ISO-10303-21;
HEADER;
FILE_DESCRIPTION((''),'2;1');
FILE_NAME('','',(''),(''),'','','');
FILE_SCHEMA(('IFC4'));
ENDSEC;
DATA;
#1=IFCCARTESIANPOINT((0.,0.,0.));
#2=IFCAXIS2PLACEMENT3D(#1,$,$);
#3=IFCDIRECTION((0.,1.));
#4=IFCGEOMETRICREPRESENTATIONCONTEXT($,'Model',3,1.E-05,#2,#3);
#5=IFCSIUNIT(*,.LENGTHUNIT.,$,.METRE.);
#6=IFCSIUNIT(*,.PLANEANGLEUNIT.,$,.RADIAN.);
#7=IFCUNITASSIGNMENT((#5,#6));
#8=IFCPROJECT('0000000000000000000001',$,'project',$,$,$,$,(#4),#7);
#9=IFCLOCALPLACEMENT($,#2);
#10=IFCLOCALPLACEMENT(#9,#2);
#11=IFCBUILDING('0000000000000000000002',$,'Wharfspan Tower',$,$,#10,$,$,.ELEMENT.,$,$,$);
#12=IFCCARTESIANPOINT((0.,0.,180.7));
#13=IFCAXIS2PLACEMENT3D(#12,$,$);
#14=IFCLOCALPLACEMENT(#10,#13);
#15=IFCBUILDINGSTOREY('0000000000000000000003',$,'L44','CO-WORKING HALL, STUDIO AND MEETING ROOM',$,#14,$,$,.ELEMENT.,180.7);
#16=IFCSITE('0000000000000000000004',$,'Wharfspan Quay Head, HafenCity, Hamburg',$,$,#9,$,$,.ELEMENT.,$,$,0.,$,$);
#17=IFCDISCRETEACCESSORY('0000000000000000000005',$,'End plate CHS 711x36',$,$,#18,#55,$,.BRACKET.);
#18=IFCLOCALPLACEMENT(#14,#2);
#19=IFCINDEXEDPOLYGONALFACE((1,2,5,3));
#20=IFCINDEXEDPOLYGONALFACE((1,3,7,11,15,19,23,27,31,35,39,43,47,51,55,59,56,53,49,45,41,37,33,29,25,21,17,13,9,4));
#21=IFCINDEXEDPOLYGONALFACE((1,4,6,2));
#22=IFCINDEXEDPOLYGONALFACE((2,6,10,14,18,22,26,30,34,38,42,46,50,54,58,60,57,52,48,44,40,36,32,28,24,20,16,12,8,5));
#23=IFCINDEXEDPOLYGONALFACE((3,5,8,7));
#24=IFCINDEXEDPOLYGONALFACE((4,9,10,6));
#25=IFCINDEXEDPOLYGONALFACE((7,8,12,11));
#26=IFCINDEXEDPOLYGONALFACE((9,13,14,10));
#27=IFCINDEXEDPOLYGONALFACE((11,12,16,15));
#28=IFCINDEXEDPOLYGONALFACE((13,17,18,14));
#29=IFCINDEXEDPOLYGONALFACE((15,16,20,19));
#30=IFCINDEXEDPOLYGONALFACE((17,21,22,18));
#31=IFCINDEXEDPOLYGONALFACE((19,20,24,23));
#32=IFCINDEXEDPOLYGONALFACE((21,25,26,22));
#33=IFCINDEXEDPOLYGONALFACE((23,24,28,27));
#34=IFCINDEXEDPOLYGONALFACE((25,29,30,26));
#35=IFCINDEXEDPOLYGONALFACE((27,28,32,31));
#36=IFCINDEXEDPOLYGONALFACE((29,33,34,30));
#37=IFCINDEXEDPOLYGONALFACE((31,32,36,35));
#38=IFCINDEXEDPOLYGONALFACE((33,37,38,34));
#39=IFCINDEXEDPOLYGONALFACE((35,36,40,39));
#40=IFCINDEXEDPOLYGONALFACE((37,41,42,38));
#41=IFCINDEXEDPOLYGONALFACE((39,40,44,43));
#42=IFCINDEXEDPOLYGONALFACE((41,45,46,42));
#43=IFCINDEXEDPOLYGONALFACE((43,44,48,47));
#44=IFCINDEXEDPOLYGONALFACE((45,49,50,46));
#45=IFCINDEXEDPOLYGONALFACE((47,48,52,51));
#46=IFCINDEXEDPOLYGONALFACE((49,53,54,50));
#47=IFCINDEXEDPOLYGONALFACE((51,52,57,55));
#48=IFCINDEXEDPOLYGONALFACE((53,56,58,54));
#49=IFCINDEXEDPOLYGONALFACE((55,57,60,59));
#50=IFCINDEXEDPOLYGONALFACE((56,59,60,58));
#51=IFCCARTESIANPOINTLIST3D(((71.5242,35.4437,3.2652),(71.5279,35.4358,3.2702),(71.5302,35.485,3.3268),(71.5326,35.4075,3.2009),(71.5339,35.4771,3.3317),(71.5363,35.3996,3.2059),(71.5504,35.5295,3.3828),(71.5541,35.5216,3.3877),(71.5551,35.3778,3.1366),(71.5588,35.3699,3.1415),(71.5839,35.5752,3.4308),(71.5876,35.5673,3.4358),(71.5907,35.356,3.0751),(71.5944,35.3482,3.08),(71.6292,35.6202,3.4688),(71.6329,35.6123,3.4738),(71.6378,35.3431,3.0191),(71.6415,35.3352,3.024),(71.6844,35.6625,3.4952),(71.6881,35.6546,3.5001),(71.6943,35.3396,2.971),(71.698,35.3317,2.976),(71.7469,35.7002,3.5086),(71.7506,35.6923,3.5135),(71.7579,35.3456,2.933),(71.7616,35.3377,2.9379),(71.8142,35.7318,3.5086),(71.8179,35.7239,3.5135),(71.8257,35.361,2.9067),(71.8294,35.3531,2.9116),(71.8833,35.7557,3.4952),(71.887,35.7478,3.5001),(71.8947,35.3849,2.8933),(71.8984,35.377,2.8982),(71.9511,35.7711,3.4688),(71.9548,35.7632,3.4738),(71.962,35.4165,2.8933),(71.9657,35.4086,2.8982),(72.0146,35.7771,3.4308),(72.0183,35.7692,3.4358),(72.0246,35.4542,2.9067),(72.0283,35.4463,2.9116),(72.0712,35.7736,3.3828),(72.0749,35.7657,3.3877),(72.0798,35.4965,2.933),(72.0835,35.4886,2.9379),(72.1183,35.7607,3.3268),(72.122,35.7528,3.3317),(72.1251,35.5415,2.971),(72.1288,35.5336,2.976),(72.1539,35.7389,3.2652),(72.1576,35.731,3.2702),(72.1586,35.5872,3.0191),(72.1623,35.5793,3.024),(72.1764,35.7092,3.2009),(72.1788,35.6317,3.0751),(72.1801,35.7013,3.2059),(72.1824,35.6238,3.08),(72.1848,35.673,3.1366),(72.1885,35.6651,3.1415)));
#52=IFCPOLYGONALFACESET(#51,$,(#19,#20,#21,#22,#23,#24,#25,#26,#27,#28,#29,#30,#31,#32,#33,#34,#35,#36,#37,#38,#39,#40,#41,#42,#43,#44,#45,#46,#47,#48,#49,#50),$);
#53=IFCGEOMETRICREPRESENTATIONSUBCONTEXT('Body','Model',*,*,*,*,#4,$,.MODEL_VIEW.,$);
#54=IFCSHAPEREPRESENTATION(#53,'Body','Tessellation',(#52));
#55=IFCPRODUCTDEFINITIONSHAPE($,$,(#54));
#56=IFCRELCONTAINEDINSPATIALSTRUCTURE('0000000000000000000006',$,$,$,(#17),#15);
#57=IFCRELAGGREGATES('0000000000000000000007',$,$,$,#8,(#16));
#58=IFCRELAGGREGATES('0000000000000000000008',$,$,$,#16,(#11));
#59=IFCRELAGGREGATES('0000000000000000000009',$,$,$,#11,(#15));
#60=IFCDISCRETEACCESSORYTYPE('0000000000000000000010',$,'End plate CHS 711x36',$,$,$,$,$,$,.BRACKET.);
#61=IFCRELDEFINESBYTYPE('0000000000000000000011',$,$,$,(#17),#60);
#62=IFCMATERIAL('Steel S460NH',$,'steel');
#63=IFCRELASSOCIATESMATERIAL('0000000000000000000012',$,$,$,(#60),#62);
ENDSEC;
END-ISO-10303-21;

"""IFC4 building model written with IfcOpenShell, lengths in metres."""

from ifc_helpers import new_model, si_unit, direction, frame, origin, origin_2d, place, context, subcontext, project, spatial, circle, extrude, material, material_profile, profile_set, type_object, element, save


model = new_model("IFC4")

# Units and contexts
model_context = context("Model", 3, precision=1e-05, world=origin(), true_north=direction((0.0, 1.0)))
body_context = subcontext(model_context, "Body", "Model", "MODEL_VIEW")
ifc_project = project(units=[si_unit("LENGTHUNIT", "METRE"), si_unit("PLANEANGLEUNIT", "RADIAN")], contexts=[model_context])

# Site, building, storey
site_placement = place(None, origin())
site = spatial("IfcSite", under=ifc_project, at=site_placement, Name="Wharfspan Quay Head, HafenCity, Hamburg", CompositionType="ELEMENT", RefElevation=0.0)
building_placement = place(site_placement, origin())
building = spatial("IfcBuilding", under=site, at=building_placement, Name="Wharfspan Tower", CompositionType="ELEMENT")
storey_placement = place(building_placement, frame((0.0, 0.0, 180.7)))
storey = spatial("IfcBuildingStorey", under=building, at=storey_placement, Name="L44", Description="CO-WORKING HALL, STUDIO AND MEETING ROOM", CompositionType="ELEMENT", Elevation=180.7)

# Shared definitions
ifc_material_1 = material(Name="Steel S460NH", Category="steel")

# Discrete accessory
ifc_material_profile_1 = material_profile(ifc_material_1, circle(Radius=0.3555, at=origin_2d()))
ifc_profile_set_1 = profile_set([ifc_material_profile_1], Name="Steel S460NH")
discrete_accessory_type = type_object("IfcDiscreteAccessoryType", Name="End plate CHS 711x36", PredefinedType="BRACKET", material=ifc_profile_set_1)
for number, where, z_axis, x_axis, name in (
    (1, (71.8545, 35.5583, 3.2009), (0.369386, -0.788024, 0.492515), (0.905459, 0.424433, -0.000001), "End plate CHS 711x36"),
):
    element("IfcDiscreteAccessory", number, at=place(storey_placement, frame(where, z_axis=z_axis, x_axis=x_axis)), inside=storey, type_object=discrete_accessory_type, Name=name, PredefinedType="BRACKET", context=body_context, shape_type="SweptSolid", body=[
        extrude(circle(Radius=0.3555, at=origin_2d()), origin(), (0.0, 0.0, 1.0), 0.01),
    ])

save(model, "model.ifc")
